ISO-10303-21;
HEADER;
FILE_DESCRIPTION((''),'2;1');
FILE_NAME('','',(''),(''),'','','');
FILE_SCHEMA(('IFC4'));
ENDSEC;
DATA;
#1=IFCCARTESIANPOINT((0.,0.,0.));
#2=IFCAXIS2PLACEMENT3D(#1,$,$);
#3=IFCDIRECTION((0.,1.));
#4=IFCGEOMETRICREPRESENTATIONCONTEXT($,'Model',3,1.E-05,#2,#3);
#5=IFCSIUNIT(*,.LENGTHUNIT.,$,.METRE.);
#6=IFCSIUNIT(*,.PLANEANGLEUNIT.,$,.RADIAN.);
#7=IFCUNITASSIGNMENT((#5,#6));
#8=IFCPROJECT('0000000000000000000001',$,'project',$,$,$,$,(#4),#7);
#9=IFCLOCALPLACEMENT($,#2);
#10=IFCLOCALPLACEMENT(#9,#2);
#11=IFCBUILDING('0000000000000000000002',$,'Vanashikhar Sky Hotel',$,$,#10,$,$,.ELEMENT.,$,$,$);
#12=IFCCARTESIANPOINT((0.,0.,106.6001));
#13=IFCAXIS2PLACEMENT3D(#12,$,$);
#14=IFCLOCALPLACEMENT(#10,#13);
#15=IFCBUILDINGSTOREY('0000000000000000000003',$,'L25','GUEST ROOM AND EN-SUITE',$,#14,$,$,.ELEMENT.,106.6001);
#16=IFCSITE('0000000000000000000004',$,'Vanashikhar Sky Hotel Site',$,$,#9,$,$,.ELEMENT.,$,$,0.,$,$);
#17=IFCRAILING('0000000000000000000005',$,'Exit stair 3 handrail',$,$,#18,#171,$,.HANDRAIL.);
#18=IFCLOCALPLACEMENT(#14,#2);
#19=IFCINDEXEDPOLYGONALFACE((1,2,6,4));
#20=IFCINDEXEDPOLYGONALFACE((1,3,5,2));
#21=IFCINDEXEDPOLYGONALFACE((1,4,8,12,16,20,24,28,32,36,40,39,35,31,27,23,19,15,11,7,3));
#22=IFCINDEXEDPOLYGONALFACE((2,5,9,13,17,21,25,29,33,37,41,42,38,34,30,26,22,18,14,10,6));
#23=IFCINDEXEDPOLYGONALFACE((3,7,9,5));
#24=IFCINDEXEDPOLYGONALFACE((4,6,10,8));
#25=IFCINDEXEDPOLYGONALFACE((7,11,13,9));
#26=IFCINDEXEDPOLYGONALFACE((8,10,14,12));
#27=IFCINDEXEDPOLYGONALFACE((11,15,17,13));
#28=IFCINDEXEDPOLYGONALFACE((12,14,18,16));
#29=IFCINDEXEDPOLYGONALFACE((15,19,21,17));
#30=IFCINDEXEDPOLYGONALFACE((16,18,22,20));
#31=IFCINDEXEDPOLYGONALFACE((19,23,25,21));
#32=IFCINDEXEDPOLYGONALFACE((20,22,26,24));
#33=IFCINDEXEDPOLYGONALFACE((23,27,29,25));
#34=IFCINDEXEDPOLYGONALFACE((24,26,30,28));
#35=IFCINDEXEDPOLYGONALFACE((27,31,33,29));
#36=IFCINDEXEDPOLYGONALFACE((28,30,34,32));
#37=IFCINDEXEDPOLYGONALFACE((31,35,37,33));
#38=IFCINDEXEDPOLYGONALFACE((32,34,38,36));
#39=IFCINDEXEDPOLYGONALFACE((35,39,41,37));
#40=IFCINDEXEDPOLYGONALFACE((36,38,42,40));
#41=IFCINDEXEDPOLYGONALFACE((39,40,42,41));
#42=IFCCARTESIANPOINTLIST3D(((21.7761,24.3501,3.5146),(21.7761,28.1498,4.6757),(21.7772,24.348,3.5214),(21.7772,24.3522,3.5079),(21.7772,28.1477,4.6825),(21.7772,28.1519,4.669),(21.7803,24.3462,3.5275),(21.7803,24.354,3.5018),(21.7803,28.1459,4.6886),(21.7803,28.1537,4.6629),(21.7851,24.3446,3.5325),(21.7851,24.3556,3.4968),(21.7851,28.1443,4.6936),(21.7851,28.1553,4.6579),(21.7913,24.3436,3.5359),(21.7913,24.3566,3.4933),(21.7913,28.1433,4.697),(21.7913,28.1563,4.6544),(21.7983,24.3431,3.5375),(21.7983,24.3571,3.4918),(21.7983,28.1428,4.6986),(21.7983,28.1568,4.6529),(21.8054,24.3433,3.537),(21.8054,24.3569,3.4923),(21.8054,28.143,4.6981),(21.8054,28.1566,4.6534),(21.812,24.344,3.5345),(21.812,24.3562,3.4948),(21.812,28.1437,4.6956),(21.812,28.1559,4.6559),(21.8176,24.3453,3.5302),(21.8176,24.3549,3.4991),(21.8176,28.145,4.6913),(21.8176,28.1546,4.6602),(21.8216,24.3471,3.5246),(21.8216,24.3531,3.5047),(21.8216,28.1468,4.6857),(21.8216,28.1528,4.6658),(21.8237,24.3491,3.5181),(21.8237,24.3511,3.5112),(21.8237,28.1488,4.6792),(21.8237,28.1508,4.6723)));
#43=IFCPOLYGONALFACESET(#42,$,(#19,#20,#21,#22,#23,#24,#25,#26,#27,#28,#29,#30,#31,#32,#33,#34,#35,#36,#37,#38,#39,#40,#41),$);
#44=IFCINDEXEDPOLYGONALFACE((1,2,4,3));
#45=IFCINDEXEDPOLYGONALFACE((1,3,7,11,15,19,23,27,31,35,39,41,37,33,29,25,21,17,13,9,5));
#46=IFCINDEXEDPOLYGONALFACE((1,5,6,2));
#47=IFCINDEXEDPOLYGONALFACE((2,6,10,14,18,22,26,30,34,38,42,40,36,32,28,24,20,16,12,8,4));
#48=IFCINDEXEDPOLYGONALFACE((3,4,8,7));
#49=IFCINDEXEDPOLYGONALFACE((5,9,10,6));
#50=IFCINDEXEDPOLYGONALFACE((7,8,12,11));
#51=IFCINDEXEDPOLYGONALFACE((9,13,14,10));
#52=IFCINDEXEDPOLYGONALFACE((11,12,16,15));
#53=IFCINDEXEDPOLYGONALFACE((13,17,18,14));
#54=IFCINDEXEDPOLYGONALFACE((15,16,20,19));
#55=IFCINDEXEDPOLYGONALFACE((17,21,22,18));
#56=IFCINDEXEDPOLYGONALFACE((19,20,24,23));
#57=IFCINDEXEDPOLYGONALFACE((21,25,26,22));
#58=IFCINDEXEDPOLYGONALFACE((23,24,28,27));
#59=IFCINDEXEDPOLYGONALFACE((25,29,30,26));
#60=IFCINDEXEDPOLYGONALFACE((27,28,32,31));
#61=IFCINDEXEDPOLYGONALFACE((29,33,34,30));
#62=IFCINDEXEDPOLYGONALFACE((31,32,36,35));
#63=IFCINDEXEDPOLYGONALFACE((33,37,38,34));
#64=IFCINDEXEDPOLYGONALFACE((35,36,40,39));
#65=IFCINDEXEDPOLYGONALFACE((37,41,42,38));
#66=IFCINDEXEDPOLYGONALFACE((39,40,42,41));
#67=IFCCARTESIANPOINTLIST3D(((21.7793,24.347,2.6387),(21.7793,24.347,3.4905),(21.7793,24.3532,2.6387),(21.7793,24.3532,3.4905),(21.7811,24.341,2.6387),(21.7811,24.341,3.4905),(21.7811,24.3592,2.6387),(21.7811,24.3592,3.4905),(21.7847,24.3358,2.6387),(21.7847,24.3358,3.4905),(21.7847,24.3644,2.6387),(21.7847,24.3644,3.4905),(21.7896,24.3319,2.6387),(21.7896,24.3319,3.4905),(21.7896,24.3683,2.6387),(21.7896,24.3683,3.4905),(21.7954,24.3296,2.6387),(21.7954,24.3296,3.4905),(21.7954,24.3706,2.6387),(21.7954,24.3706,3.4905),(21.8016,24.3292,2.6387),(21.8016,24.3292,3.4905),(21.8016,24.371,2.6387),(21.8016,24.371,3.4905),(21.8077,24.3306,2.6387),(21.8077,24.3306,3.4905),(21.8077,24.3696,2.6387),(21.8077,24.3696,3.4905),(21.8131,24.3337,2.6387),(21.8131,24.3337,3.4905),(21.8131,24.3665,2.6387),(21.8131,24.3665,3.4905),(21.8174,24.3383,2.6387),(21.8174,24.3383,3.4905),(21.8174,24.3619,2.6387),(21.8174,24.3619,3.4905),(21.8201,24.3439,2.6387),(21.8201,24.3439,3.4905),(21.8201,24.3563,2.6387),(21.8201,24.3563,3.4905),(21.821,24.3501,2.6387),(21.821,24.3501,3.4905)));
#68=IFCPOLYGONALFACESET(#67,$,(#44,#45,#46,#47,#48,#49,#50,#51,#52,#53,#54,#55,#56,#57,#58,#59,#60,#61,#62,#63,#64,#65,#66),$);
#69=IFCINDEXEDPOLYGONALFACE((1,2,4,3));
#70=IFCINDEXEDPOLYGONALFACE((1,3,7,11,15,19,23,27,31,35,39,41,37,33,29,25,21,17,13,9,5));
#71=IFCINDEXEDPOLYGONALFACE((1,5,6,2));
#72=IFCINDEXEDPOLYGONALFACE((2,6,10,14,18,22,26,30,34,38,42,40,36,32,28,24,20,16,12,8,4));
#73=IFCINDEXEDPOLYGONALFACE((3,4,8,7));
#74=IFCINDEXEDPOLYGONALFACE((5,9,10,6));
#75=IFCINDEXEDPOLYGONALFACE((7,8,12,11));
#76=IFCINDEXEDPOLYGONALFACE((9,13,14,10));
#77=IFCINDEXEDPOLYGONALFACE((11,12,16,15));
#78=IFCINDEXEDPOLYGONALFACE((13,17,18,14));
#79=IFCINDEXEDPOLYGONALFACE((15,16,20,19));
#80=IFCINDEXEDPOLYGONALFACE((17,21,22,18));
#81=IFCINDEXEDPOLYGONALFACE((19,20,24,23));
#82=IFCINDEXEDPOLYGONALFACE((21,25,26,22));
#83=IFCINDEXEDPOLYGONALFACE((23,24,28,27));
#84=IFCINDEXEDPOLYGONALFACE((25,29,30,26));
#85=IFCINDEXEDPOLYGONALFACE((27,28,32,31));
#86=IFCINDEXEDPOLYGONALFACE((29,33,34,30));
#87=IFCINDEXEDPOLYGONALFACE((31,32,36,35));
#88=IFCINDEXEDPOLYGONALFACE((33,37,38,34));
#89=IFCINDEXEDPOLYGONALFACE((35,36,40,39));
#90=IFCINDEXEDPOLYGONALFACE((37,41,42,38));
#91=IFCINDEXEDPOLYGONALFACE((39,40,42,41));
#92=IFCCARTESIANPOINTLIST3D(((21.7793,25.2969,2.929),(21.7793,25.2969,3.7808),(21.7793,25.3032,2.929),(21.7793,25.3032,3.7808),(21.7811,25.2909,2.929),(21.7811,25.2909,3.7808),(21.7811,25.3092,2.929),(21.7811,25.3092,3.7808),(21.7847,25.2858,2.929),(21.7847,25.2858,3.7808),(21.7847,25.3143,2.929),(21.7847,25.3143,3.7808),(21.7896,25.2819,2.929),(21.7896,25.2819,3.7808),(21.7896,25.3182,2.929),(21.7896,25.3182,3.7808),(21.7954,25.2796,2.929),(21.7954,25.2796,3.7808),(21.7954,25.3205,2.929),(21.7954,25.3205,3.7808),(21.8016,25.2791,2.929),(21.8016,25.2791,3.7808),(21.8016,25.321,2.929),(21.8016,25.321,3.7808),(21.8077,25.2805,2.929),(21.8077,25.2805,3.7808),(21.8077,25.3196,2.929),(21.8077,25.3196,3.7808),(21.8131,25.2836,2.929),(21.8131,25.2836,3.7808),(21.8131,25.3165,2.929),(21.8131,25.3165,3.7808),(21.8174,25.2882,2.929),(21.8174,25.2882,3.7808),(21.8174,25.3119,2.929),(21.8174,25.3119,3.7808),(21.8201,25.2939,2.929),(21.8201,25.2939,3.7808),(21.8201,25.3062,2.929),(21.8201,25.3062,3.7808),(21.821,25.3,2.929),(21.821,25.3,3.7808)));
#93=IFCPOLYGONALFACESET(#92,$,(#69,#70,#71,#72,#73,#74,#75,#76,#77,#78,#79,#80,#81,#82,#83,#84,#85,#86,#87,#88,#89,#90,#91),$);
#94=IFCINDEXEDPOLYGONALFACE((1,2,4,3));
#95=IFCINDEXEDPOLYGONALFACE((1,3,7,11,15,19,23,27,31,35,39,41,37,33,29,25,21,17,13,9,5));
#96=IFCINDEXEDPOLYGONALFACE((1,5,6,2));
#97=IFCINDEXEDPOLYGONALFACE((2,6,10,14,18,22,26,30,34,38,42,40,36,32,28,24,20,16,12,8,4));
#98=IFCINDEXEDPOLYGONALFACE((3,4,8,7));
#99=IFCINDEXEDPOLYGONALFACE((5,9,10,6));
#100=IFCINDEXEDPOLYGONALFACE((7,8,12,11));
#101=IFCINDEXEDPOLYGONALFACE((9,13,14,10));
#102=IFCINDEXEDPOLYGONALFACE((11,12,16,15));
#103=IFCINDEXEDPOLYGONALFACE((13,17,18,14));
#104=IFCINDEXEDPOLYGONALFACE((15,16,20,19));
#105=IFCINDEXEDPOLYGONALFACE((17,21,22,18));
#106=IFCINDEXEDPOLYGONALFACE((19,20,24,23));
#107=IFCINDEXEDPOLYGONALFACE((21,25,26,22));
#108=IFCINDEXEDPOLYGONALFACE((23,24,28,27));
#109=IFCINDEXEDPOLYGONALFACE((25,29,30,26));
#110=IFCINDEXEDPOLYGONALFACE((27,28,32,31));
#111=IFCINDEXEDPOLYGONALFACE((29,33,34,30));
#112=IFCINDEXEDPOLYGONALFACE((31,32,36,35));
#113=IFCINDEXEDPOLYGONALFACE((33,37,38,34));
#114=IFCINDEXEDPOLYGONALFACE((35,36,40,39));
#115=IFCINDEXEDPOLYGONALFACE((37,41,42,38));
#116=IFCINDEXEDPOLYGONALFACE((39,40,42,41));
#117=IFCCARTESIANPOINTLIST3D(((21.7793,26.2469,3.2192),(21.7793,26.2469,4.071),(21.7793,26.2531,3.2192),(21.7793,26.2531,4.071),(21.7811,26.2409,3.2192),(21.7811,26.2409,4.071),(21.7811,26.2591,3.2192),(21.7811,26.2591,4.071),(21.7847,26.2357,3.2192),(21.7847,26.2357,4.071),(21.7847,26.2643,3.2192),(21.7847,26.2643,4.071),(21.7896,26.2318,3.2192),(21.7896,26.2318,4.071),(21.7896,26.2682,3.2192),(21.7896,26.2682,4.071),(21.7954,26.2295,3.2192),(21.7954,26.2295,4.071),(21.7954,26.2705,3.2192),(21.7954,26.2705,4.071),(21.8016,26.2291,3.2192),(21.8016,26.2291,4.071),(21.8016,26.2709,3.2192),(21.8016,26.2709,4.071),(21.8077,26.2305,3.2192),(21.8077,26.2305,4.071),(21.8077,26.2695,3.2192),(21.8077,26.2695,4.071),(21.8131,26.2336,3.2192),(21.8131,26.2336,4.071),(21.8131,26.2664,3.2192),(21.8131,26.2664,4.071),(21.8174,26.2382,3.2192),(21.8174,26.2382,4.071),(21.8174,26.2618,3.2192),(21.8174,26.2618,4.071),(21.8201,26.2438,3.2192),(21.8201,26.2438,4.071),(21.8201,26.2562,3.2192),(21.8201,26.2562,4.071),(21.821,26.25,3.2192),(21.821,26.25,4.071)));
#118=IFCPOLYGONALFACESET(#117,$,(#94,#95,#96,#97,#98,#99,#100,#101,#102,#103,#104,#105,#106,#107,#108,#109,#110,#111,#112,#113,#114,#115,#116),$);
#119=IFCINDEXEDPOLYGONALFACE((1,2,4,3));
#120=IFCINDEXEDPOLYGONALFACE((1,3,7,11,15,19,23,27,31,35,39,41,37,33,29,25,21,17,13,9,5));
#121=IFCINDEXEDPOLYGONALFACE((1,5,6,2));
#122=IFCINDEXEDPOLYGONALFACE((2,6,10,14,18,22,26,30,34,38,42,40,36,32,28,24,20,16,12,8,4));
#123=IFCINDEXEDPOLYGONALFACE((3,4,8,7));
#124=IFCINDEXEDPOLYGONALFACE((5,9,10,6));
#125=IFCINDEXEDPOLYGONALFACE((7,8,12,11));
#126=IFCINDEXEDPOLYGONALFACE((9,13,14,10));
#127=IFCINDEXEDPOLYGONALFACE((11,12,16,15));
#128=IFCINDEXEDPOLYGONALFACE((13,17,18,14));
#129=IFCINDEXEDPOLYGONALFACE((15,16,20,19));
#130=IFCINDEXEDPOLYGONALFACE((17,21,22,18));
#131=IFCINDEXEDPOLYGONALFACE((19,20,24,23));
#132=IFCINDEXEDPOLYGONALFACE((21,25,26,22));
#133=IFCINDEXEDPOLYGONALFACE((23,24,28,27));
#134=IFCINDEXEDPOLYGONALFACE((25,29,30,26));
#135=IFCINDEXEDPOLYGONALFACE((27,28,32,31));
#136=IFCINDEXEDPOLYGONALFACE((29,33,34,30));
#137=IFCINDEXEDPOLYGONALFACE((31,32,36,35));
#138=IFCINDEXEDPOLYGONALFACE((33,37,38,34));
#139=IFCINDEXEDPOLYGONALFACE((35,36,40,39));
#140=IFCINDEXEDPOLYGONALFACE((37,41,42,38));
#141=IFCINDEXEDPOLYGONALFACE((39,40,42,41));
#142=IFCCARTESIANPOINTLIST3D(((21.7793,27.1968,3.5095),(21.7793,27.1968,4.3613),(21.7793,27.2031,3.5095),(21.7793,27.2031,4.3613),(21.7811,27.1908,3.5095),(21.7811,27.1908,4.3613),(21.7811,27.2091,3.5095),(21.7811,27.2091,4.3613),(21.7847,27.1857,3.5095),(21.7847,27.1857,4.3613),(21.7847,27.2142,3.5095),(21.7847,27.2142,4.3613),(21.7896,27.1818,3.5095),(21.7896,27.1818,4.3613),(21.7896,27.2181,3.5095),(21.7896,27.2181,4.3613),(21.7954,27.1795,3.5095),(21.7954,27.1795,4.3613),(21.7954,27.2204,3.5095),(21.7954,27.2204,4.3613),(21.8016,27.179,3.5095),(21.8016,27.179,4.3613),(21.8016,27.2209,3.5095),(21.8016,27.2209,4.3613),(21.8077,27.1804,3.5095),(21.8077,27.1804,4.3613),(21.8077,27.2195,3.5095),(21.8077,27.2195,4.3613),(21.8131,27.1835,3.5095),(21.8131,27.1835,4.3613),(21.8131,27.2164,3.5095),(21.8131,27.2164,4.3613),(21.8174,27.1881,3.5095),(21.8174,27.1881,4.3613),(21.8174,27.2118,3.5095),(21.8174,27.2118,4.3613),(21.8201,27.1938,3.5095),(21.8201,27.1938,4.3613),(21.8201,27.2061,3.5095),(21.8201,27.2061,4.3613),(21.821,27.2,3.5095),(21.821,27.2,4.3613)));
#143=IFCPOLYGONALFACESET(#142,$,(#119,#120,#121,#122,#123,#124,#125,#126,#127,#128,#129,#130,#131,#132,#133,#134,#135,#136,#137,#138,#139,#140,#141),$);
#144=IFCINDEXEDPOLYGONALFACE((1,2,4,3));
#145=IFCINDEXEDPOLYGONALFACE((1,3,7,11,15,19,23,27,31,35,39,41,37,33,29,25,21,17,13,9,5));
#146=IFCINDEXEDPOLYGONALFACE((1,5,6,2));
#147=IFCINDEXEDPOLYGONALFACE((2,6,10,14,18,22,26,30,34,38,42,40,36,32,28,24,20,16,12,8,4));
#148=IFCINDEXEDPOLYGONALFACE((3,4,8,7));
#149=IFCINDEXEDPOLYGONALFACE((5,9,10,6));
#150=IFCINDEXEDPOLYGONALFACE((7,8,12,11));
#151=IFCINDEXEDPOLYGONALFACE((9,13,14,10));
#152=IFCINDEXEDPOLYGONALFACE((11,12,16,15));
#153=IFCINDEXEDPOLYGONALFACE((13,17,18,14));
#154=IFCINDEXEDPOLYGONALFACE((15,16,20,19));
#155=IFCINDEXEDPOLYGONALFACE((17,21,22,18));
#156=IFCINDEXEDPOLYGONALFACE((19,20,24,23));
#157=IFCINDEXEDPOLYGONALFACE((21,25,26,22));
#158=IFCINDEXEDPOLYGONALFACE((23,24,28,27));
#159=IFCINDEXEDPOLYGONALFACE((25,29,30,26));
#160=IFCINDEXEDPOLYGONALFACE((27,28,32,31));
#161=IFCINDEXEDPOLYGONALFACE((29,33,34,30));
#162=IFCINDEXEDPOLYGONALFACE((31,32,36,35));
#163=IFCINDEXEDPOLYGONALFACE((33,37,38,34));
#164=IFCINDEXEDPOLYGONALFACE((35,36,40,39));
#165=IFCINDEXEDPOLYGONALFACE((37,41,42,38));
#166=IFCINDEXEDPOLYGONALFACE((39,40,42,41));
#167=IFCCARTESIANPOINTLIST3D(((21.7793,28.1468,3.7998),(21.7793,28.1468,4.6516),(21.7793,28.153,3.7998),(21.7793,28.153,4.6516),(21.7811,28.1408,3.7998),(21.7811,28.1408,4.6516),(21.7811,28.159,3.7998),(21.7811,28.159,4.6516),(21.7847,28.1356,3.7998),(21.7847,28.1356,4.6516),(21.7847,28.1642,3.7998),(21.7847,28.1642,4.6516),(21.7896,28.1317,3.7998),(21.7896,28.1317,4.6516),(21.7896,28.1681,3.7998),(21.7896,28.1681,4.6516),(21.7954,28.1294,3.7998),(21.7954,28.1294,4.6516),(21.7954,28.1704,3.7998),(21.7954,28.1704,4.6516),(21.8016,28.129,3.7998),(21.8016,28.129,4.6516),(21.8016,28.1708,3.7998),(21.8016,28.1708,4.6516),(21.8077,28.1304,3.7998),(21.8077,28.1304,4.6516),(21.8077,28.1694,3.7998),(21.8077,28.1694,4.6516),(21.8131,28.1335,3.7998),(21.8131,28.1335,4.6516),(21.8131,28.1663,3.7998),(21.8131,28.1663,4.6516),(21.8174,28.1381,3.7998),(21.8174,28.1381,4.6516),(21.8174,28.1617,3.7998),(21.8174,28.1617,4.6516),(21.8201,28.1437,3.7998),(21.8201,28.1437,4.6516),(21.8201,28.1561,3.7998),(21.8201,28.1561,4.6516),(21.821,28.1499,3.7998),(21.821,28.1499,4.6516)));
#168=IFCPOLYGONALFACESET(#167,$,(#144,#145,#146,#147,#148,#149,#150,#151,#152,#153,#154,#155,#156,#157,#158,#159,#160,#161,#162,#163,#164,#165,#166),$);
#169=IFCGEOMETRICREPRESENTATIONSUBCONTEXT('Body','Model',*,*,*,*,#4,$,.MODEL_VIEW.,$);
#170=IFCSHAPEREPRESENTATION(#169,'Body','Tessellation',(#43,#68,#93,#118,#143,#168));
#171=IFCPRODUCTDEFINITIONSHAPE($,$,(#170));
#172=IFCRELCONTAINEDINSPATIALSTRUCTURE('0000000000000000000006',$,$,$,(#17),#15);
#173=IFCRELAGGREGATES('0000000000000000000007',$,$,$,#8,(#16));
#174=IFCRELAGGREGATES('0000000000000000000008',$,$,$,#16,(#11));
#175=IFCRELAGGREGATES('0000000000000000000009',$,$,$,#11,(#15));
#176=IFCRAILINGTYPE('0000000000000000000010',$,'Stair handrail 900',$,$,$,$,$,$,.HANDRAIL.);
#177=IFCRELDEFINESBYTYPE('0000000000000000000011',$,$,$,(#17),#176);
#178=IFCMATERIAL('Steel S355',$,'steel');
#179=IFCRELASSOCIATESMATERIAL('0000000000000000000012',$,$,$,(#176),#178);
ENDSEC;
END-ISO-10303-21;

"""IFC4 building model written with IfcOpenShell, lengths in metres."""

from ifc_helpers import new_model, si_unit, direction, frame, origin, origin_2d, place, context, subcontext, project, spatial, circle, extrude, source, transform, mapped, material, type_object, element, save


model = new_model("IFC4")

# Units and contexts
model_context = context("Model", 3, precision=1e-05, world=origin(), true_north=direction((0.0, 1.0)))
body_context = subcontext(model_context, "Body", "Model", "MODEL_VIEW")
ifc_project = project(units=[si_unit("LENGTHUNIT", "METRE"), si_unit("PLANEANGLEUNIT", "RADIAN")], contexts=[model_context])

# Site, building, storey
site_placement = place(None, origin())
site = spatial("IfcSite", under=ifc_project, at=site_placement, Name="Vanashikhar Sky Hotel Site", CompositionType="ELEMENT", RefElevation=0.0)
building_placement = place(site_placement, origin())
building = spatial("IfcBuilding", under=site, at=building_placement, Name="Vanashikhar Sky Hotel", CompositionType="ELEMENT")
storey_placement = place(building_placement, frame((0.0, 0.0, 106.6001)))
storey = spatial("IfcBuildingStorey", under=building, at=storey_placement, Name="L25", Description="GUEST ROOM AND EN-SUITE", CompositionType="ELEMENT", Elevation=106.6001)

# Railing
ifc_material_1 = material(Name="Steel S355", Category="steel")
railing_type_1 = type_object("IfcRailingType", Name="Stair handrail 900", PredefinedType="HANDRAIL", material=ifc_material_1)
shared_shape_1 = source(origin(), body_context, "Body", "SweptSolid", [
    extrude(circle(Radius=0.0239, at=origin_2d()), frame((0.0, 0.0, 0.876), z_axis=(0.0, 0.956346, 0.292237), x_axis=(-1.0, 0.0, 0.0)), (0.0, 0.0, 1.0), 3.9731),
    extrude(circle(Radius=0.021, at=origin_2d()), origin(), (0.0, 0.0, 1.0), 0.8518),
    extrude(circle(Radius=0.021, at=origin_2d()), frame((0.0, 0.95, 0.2903)), (0.0, 0.0, 1.0), 0.8518),
    extrude(circle(Radius=0.021, at=origin_2d()), frame((0.0, 1.8999, 0.5806)), (0.0, 0.0, 1.0), 0.8518),
    extrude(circle(Radius=0.021, at=origin_2d()), frame((0.0, 2.8499, 0.8708)), (0.0, 0.0, 1.0), 0.8518),
    extrude(circle(Radius=0.021, at=origin_2d()), frame((0.0, 3.7998, 1.1611)), (0.0, 0.0, 1.0), 0.8518),
])
railing_1_placement = place(storey_placement, frame((21.8, 24.3501, 2.6387)))
element("IfcRailing", 1, at=railing_1_placement, inside=storey, type_object=railing_type_1, Name="Exit stair 3 handrail", PredefinedType="HANDRAIL", context=body_context, shape_type="MappedRepresentation", body=[
    mapped(shared_shape_1, transform((0.0, 0.0, 0.0), scale=1.0)),
])

save(model, "model.ifc")
